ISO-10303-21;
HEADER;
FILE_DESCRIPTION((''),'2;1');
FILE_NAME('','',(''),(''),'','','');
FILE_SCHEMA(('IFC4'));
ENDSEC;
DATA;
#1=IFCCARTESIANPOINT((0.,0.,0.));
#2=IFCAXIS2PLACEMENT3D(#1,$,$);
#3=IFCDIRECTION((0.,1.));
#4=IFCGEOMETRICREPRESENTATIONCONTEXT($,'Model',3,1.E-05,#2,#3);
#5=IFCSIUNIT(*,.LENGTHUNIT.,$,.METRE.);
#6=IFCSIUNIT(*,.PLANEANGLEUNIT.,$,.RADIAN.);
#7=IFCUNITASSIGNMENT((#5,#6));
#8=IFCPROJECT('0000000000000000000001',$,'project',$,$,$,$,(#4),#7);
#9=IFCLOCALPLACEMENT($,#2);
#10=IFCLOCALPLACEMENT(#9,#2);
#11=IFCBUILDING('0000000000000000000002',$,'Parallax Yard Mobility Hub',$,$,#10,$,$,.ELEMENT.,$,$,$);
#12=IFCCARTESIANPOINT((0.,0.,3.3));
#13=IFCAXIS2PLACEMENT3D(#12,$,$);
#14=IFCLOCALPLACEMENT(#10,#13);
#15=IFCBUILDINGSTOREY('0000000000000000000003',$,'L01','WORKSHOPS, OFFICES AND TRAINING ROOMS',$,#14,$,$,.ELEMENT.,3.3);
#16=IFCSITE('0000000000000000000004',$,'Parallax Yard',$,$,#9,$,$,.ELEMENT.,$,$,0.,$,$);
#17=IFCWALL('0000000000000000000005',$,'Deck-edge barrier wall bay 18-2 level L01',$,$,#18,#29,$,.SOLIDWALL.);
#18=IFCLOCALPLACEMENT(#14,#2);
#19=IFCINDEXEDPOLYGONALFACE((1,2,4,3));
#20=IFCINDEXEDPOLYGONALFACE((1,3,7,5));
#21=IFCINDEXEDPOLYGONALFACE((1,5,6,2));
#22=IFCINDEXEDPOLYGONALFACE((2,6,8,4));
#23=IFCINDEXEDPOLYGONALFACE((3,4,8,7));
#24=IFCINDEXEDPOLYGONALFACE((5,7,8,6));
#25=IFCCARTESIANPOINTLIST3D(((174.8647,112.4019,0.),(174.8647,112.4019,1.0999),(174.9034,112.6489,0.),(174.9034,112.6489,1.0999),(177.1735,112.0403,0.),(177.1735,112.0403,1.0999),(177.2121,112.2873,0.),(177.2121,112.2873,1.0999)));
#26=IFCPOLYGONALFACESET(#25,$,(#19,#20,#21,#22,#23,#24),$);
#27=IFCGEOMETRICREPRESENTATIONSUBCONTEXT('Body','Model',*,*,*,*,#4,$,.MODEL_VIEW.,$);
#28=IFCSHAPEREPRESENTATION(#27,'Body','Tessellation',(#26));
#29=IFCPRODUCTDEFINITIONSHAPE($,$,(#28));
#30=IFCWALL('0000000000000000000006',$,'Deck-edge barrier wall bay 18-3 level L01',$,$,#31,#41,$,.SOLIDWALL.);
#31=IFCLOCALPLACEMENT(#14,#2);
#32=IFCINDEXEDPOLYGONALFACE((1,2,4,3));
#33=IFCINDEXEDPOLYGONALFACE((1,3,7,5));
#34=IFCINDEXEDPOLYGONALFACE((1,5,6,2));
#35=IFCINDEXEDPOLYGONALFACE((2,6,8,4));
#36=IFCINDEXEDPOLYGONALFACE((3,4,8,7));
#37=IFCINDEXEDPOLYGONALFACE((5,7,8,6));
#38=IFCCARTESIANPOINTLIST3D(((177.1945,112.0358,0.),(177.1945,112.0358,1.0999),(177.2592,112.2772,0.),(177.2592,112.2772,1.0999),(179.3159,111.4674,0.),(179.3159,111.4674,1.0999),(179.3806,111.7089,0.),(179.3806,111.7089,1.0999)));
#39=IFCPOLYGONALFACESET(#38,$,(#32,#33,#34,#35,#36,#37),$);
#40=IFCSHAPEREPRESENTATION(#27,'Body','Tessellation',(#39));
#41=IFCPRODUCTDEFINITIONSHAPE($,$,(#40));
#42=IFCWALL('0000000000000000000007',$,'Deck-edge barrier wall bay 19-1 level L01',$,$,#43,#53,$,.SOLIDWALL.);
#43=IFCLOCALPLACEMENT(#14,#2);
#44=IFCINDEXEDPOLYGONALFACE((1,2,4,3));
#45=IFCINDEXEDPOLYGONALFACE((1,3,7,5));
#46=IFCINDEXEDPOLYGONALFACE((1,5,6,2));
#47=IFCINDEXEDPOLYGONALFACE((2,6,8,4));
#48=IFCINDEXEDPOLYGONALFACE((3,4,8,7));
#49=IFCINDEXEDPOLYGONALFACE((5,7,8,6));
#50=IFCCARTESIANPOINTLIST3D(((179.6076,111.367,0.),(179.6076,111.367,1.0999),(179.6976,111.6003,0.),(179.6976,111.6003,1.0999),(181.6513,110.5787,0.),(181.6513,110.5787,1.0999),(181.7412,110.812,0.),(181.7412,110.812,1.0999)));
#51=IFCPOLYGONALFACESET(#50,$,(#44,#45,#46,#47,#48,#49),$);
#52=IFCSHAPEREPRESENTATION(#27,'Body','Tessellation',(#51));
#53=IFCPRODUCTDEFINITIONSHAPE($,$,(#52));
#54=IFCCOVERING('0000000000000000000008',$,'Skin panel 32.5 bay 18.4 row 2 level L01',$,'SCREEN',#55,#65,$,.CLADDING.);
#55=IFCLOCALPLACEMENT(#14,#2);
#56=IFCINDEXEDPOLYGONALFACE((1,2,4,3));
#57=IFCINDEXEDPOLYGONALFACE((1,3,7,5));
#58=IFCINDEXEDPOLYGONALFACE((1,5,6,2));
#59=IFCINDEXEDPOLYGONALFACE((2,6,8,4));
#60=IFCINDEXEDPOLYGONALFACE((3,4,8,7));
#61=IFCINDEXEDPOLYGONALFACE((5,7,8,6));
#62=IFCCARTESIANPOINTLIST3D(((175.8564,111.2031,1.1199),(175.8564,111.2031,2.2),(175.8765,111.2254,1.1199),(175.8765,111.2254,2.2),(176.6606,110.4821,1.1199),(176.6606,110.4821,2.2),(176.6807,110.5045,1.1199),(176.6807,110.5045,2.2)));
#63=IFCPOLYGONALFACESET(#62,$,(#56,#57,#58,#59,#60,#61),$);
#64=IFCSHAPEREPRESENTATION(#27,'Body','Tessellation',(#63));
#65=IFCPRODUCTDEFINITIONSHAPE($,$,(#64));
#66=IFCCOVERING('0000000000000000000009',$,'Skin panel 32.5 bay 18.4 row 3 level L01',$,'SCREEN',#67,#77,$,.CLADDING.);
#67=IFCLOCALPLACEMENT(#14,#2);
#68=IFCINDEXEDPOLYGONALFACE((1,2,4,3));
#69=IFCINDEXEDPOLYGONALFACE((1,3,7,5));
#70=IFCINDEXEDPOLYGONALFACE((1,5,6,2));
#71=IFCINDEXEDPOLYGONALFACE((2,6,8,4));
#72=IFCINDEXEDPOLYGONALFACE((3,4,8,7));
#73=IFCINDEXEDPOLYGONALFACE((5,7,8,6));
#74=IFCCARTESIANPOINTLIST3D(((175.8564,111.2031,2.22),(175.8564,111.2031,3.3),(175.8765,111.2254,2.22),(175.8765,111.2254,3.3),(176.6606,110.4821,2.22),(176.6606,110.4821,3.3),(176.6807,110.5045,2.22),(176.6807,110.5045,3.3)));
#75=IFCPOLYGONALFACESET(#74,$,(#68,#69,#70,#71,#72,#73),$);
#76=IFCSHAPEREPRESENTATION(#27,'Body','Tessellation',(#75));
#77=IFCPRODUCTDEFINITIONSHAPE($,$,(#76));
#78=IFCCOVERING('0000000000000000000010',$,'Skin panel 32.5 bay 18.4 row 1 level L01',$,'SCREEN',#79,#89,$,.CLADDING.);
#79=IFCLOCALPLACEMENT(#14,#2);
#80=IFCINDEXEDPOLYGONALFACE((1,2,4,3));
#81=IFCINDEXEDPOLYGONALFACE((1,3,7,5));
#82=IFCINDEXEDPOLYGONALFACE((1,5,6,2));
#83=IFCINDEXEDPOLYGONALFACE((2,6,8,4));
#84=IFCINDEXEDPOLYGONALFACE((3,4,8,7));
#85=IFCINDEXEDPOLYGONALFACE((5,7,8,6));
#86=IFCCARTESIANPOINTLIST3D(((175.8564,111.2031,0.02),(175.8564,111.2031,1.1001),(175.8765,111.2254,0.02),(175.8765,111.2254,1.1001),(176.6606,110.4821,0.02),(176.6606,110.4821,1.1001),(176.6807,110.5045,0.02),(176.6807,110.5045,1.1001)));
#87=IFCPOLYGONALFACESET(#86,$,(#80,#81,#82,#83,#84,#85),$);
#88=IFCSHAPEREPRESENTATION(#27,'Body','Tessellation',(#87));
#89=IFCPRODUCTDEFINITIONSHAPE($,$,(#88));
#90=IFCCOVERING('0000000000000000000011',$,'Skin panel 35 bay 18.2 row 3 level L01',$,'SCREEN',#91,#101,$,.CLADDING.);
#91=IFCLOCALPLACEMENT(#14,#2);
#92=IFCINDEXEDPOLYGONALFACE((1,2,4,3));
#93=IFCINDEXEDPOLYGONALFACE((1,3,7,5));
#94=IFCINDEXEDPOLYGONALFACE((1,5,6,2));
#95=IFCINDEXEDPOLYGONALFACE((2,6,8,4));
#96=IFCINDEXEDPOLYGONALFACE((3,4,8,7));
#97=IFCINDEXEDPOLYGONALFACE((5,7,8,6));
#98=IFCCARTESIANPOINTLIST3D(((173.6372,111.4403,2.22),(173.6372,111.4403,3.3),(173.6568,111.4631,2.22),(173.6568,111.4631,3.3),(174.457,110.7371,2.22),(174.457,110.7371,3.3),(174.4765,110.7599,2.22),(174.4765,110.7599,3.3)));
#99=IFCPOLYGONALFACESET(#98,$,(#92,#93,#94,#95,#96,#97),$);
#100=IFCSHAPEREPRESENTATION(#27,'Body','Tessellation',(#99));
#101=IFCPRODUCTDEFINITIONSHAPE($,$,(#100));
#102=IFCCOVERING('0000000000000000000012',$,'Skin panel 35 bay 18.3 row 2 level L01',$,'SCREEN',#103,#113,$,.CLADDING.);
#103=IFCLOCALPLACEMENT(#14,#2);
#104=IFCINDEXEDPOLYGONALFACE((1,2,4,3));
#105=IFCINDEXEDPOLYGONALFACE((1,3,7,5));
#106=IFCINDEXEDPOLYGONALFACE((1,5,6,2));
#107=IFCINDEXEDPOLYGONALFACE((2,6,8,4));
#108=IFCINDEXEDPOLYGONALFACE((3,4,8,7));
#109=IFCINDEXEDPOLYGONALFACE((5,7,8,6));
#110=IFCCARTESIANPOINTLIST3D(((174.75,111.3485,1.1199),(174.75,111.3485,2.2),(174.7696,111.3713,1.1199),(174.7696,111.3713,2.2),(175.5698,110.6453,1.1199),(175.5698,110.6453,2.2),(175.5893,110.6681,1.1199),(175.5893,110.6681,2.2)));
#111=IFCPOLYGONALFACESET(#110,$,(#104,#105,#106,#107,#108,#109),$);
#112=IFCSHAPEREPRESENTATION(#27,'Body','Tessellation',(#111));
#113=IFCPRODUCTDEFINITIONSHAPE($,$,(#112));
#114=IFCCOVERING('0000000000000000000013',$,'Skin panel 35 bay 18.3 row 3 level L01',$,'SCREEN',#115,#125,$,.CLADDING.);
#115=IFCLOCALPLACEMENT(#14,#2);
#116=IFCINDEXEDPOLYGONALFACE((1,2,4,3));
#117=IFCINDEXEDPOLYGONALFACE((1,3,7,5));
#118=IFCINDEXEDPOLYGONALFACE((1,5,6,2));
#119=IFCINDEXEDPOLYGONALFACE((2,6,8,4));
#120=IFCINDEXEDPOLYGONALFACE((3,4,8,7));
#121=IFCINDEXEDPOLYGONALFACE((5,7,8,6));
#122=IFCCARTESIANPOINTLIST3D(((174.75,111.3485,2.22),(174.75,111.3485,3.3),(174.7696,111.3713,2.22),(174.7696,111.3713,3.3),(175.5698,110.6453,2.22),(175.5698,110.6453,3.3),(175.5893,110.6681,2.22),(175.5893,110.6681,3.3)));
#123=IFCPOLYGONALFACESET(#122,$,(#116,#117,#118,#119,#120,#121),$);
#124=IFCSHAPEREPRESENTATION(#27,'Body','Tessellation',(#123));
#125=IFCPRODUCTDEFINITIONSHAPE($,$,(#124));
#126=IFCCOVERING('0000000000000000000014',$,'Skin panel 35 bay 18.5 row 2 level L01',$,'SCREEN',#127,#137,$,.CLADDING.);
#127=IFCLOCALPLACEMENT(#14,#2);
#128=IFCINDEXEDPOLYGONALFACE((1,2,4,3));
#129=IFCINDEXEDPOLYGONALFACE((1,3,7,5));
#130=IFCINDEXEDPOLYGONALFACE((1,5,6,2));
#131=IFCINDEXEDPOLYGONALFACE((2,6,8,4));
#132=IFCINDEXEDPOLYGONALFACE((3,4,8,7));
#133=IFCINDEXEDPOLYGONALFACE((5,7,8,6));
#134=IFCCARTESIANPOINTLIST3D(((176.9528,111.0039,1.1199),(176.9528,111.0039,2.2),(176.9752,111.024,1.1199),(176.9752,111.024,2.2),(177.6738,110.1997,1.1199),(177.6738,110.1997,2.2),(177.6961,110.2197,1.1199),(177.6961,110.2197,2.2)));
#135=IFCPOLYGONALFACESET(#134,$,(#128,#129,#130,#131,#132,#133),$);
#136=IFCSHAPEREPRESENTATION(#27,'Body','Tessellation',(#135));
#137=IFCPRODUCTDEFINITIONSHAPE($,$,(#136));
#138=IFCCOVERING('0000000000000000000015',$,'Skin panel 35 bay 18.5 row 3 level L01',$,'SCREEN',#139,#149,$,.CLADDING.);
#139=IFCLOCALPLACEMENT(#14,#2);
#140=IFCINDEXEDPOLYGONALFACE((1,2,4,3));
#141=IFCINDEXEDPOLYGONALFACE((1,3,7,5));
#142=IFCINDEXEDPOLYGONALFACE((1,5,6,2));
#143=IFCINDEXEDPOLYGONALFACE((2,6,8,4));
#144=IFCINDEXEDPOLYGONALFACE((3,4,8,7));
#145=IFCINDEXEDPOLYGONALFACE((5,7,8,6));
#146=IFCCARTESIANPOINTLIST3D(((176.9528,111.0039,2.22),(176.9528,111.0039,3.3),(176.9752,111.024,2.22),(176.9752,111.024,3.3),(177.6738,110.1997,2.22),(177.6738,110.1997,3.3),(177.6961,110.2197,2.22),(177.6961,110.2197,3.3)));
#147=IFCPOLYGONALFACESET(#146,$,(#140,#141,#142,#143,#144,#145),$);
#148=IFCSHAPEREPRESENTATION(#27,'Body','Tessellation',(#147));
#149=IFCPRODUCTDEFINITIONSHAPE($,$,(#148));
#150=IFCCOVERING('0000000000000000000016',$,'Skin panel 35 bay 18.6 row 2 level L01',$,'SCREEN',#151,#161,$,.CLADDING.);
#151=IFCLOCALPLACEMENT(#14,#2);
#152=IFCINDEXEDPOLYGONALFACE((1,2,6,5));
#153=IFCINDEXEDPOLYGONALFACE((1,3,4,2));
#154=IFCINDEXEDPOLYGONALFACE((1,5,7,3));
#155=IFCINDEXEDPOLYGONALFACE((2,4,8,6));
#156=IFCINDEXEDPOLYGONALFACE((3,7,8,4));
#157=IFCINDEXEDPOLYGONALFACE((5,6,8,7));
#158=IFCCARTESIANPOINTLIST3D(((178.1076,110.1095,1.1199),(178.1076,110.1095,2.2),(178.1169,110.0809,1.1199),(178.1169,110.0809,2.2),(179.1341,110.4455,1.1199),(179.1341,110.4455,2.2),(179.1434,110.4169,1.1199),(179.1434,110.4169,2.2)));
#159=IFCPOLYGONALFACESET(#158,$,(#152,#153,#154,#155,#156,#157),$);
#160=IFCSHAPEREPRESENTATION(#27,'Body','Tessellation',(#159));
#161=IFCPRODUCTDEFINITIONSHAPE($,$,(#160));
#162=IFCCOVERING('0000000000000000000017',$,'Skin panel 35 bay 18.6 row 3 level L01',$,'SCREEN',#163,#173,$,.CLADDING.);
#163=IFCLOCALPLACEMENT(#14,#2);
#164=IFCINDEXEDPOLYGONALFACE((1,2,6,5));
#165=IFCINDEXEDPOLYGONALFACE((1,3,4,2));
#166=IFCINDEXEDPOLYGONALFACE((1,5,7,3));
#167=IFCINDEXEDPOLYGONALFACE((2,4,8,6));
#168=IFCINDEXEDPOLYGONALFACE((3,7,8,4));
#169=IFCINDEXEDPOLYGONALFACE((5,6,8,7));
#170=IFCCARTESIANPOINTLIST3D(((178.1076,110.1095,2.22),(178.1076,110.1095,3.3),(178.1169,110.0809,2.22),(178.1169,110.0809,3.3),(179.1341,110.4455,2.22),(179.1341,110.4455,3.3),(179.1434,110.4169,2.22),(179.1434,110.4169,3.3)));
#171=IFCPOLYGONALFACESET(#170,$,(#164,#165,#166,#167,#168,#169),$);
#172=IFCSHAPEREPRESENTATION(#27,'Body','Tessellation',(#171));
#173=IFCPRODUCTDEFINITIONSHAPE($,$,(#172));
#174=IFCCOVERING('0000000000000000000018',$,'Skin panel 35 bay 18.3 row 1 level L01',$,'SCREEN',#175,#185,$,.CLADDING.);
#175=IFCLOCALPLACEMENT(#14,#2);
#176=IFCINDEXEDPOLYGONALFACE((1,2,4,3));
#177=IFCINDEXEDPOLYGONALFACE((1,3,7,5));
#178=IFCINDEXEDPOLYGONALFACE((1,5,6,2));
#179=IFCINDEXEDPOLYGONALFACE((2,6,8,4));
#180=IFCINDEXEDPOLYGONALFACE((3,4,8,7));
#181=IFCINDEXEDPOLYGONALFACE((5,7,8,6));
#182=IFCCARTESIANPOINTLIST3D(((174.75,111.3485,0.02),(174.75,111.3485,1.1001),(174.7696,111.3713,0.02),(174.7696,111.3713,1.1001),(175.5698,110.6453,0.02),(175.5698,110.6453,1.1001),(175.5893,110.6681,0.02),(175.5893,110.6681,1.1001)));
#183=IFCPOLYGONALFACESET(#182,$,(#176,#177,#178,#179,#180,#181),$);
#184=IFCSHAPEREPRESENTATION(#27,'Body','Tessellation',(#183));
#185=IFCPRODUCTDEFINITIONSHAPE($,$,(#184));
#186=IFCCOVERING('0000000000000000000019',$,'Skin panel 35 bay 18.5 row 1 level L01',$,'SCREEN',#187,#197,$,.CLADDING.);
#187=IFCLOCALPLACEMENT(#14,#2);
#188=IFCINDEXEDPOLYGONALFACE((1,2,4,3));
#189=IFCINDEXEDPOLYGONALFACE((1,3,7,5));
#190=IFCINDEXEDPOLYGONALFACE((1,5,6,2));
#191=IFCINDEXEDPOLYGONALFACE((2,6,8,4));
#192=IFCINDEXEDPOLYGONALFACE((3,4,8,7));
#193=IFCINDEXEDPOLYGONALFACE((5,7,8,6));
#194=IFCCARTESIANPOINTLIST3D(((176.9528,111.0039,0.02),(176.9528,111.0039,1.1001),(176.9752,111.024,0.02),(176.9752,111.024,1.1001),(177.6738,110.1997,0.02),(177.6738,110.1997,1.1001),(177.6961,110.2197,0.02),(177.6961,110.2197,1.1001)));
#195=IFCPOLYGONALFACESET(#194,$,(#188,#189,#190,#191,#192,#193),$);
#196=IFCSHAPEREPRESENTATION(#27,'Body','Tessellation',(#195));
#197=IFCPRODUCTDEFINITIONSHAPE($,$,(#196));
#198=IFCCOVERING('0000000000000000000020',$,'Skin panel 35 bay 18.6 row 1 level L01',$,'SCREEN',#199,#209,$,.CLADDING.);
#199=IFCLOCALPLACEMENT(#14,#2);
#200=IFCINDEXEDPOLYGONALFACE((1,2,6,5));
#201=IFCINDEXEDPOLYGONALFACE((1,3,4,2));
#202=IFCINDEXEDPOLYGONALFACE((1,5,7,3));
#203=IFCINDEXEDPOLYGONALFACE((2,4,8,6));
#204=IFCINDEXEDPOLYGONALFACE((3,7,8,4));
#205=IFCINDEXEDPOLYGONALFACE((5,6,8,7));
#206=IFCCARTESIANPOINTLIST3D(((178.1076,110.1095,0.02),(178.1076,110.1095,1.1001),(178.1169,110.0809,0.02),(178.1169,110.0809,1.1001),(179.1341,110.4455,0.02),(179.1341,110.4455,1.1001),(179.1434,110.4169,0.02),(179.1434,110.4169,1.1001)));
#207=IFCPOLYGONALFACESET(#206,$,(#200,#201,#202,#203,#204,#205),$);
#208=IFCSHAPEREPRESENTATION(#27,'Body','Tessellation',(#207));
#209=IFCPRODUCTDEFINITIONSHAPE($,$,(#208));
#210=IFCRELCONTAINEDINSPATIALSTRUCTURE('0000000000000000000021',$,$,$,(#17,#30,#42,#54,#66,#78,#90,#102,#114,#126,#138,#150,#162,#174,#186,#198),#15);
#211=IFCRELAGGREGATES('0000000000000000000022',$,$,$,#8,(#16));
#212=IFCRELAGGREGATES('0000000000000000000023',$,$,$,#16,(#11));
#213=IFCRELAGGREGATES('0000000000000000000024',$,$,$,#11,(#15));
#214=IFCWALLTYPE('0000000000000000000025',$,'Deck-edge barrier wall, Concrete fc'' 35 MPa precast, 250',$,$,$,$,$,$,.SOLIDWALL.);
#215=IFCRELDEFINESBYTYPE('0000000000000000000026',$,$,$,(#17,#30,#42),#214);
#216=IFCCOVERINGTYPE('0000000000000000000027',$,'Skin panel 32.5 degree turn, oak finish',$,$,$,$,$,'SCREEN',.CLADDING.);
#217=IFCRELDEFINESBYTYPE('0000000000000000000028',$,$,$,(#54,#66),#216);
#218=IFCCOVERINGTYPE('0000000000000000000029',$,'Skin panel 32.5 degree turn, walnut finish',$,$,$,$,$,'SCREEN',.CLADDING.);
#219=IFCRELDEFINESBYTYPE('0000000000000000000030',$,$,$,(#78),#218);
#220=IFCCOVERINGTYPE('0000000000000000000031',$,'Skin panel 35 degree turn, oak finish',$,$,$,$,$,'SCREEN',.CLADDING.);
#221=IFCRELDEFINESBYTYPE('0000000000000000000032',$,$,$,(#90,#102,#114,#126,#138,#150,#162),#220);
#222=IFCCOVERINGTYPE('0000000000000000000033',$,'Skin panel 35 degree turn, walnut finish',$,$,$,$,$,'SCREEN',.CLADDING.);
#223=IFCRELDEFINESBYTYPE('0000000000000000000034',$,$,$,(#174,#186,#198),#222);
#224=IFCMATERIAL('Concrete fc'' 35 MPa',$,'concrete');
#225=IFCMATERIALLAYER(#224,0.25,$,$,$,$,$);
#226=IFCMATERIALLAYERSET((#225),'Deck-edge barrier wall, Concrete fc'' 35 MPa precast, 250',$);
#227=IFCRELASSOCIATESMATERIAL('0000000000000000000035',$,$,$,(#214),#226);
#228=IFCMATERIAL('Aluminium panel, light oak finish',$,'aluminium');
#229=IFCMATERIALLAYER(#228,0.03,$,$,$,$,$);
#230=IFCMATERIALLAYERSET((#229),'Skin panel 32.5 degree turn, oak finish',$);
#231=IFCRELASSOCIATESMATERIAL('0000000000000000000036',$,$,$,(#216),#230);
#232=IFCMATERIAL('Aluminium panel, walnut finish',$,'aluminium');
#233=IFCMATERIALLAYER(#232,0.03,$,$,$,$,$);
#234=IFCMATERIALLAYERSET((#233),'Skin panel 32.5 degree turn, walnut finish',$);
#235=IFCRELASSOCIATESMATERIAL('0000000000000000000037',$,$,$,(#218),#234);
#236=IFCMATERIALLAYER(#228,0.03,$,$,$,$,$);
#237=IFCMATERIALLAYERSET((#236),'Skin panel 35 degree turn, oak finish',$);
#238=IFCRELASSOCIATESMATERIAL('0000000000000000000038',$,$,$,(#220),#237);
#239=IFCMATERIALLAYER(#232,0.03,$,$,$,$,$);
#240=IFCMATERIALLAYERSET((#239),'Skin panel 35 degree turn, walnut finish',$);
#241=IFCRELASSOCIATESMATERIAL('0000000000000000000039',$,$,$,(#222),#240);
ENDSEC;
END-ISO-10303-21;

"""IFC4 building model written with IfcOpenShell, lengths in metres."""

from ifc_helpers import new_model, si_unit, direction, frame, frame_2d, origin, origin_2d, place, context, subcontext, project, spatial, rectangle, extrude, material, layer, layer_set, type_object, element, save


model = new_model("IFC4")

# Units and contexts
model_context = context("Model", 3, precision=1e-05, world=origin(), true_north=direction((0.0, 1.0)))
body_context = subcontext(model_context, "Body", "Model", "MODEL_VIEW")
ifc_project = project(units=[si_unit("LENGTHUNIT", "METRE"), si_unit("PLANEANGLEUNIT", "RADIAN")], contexts=[model_context])

# Site, building, storey
site_placement = place(None, origin())
site = spatial("IfcSite", under=ifc_project, at=site_placement, Name="Parallax Yard", CompositionType="ELEMENT", RefElevation=0.0)
building_placement = place(site_placement, origin())
building = spatial("IfcBuilding", under=site, at=building_placement, Name="Parallax Yard Mobility Hub", CompositionType="ELEMENT")
storey_placement = place(building_placement, frame((0.0, 0.0, 3.3)))
storey = spatial("IfcBuildingStorey", under=building, at=storey_placement, Name="L01", Description="WORKSHOPS, OFFICES AND TRAINING ROOMS", CompositionType="ELEMENT", Elevation=3.3)

# Walls
ifc_material_1 = material(Name="Concrete fc' 35 MPa", Category="concrete")
ifc_layer_1 = layer(ifc_material_1, 0.25)
ifc_layer_set_1 = layer_set([ifc_layer_1], Name="Deck-edge barrier wall, Concrete fc' 35 MPa precast, 250")
wall_type = type_object("IfcWallType", Name="Deck-edge barrier wall, Concrete fc' 35 MPa precast, 250", PredefinedType="SOLIDWALL", material=ifc_layer_set_1)
wall_1_placement = place(storey_placement, frame((174.884, 112.5254, 0.0), z_axis=(0.0, 0.0, 1.0), x_axis=(0.987959, -0.154718, 0.0)))
element("IfcWall", 1, at=wall_1_placement, inside=storey, type_object=wall_type, Name="Deck-edge barrier wall bay 18-2 level L01", PredefinedType="SOLIDWALL", context=body_context, shape_type="SweptSolid", body=[
    extrude(rectangle(XDim=2.3369, YDim=0.25, at=frame_2d((1.1685, 0.0))), origin(), (0.0, 0.0, 1.0), 1.0999),
])
wall_2_placement = place(storey_placement, frame((177.2268, 112.1565, 0.0), z_axis=(0.0, 0.0, 1.0), x_axis=(0.965939, -0.258769, 0.0)))
element("IfcWall", 2, at=wall_2_placement, inside=storey, type_object=wall_type, Name="Deck-edge barrier wall bay 18-3 level L01", PredefinedType="SOLIDWALL", context=body_context, shape_type="SweptSolid", body=[
    extrude(rectangle(XDim=2.1963, YDim=0.25, at=frame_2d((1.0981, 0.0))), origin(), (0.0, 0.0, 1.0), 1.0999),
])
wall_3_placement = place(storey_placement, frame((179.6526, 111.4836, 0.0), z_axis=(0.0, 0.0, 1.0), x_axis=(0.932995, -0.35989, 0.0)))
element("IfcWall", 3, at=wall_3_placement, inside=storey, type_object=wall_type, Name="Deck-edge barrier wall bay 19-1 level L01", PredefinedType="SOLIDWALL", context=body_context, shape_type="SweptSolid", body=[
    extrude(rectangle(XDim=2.1904, YDim=0.25, at=frame_2d((1.0952, 0.0))), origin(), (0.0, 0.0, 1.0), 1.0999),
])

# Coverings
ifc_material_2 = material(Name="Aluminium panel, light oak finish", Category="aluminium")
ifc_layer_2 = layer(ifc_material_2, 0.03)
ifc_layer_set_2 = layer_set([ifc_layer_2], Name="Skin panel 32.5 degree turn, oak finish")
covering_type_1 = type_object("IfcCoveringType", Name="Skin panel 32.5 degree turn, oak finish", ElementType="SCREEN", PredefinedType="CLADDING", material=ifc_layer_set_2)
for number, where, z_axis, x_axis, name in (
    (4, (176.2686, 110.8538, 1.1199), (0.0, 0.0, 1.0), (0.744603, -0.667508, 0.0), "Skin panel 32.5 bay 18.4 row 2 level L01"),
    (5, (176.2686, 110.8538, 2.22), (0.0, 0.0, 1.0), (0.744603, -0.667508, 0.0), "Skin panel 32.5 bay 18.4 row 3 level L01"),
):
    element("IfcCovering", number, at=place(storey_placement, frame(where, z_axis=z_axis, x_axis=x_axis)), inside=storey, type_object=covering_type_1, Name=name, ObjectType="SCREEN", PredefinedType="CLADDING", context=body_context, shape_type="SweptSolid", body=[
        extrude(rectangle(XDim=1.0801, YDim=0.03, at=origin_2d()), origin(), (0.0, 0.0, 1.0), 1.0801),
    ])
ifc_material_3 = material(Name="Aluminium panel, walnut finish", Category="aluminium")
ifc_layer_3 = layer(ifc_material_3, 0.03)
ifc_layer_set_3 = layer_set([ifc_layer_3], Name="Skin panel 32.5 degree turn, walnut finish")
covering_type_2 = type_object("IfcCoveringType", Name="Skin panel 32.5 degree turn, walnut finish", ElementType="SCREEN", PredefinedType="CLADDING", material=ifc_layer_set_3)
covering_placement = place(storey_placement, frame((176.2686, 110.8538, 0.02), z_axis=(0.0, 0.0, 1.0), x_axis=(0.744603, -0.667508, 0.0)))
element("IfcCovering", 6, at=covering_placement, inside=storey, type_object=covering_type_2, Name="Skin panel 32.5 bay 18.4 row 1 level L01", ObjectType="SCREEN", PredefinedType="CLADDING", context=body_context, shape_type="SweptSolid", body=[
    extrude(rectangle(XDim=1.0801, YDim=0.03, at=origin_2d()), origin(), (0.0, 0.0, 1.0), 1.0801),
])
ifc_layer_4 = layer(ifc_material_2, 0.03)
ifc_layer_set_4 = layer_set([ifc_layer_4], Name="Skin panel 35 degree turn, oak finish")
covering_type_3 = type_object("IfcCoveringType", Name="Skin panel 35 degree turn, oak finish", ElementType="SCREEN", PredefinedType="CLADDING", material=ifc_layer_set_4)
for number, where, z_axis, x_axis, name in (
    (7, (174.0569, 111.1001, 2.22), (0.0, 0.0, 1.0), (0.758987, -0.651105, 0.0), "Skin panel 35 bay 18.2 row 3 level L01"),
    (8, (175.1697, 111.0083, 1.1199), (0.0, 0.0, 1.0), (0.758987, -0.651105, 0.0), "Skin panel 35 bay 18.3 row 2 level L01"),
    (9, (175.1697, 111.0083, 2.22), (0.0, 0.0, 1.0), (0.758987, -0.651105, 0.0), "Skin panel 35 bay 18.3 row 3 level L01"),
    (10, (177.3245, 110.6118, 1.1199), (0.0, 0.0, 1.0), (0.667508, -0.744603, 0.0), "Skin panel 35 bay 18.5 row 2 level L01"),
    (11, (177.3245, 110.6118, 2.22), (0.0, 0.0, 1.0), (0.667508, -0.744603, 0.0), "Skin panel 35 bay 18.5 row 3 level L01"),
    (12, (178.6255, 110.2632, 1.1199), (0.0, 0.0, 1.0), (-0.95038, -0.311091, 0.0), "Skin panel 35 bay 18.6 row 2 level L01"),
    (13, (178.6255, 110.2632, 2.22), (0.0, 0.0, 1.0), (-0.95038, -0.311091, 0.0), "Skin panel 35 bay 18.6 row 3 level L01"),
):
    element("IfcCovering", number, at=place(storey_placement, frame(where, z_axis=z_axis, x_axis=x_axis)), inside=storey, type_object=covering_type_3, Name=name, ObjectType="SCREEN", PredefinedType="CLADDING", context=body_context, shape_type="SweptSolid", body=[
        extrude(rectangle(XDim=1.0801, YDim=0.03, at=origin_2d()), origin(), (0.0, 0.0, 1.0), 1.0801),
    ])
ifc_layer_5 = layer(ifc_material_3, 0.03)
ifc_layer_set_5 = layer_set([ifc_layer_5], Name="Skin panel 35 degree turn, walnut finish")
covering_type_4 = type_object("IfcCoveringType", Name="Skin panel 35 degree turn, walnut finish", ElementType="SCREEN", PredefinedType="CLADDING", material=ifc_layer_set_5)
for number, where, z_axis, x_axis, name in (
    (14, (175.1697, 111.0083, 0.02), (0.0, 0.0, 1.0), (0.758987, -0.651105, 0.0), "Skin panel 35 bay 18.3 row 1 level L01"),
    (15, (177.3245, 110.6118, 0.02), (0.0, 0.0, 1.0), (0.667508, -0.744603, 0.0), "Skin panel 35 bay 18.5 row 1 level L01"),
    (16, (178.6255, 110.2632, 0.02), (0.0, 0.0, 1.0), (-0.95038, -0.311091, 0.0), "Skin panel 35 bay 18.6 row 1 level L01"),
):
    element("IfcCovering", number, at=place(storey_placement, frame(where, z_axis=z_axis, x_axis=x_axis)), inside=storey, type_object=covering_type_4, Name=name, ObjectType="SCREEN", PredefinedType="CLADDING", context=body_context, shape_type="SweptSolid", body=[
        extrude(rectangle(XDim=1.0801, YDim=0.03, at=origin_2d()), origin(), (0.0, 0.0, 1.0), 1.0801),
    ])

save(model, "model.ifc")
